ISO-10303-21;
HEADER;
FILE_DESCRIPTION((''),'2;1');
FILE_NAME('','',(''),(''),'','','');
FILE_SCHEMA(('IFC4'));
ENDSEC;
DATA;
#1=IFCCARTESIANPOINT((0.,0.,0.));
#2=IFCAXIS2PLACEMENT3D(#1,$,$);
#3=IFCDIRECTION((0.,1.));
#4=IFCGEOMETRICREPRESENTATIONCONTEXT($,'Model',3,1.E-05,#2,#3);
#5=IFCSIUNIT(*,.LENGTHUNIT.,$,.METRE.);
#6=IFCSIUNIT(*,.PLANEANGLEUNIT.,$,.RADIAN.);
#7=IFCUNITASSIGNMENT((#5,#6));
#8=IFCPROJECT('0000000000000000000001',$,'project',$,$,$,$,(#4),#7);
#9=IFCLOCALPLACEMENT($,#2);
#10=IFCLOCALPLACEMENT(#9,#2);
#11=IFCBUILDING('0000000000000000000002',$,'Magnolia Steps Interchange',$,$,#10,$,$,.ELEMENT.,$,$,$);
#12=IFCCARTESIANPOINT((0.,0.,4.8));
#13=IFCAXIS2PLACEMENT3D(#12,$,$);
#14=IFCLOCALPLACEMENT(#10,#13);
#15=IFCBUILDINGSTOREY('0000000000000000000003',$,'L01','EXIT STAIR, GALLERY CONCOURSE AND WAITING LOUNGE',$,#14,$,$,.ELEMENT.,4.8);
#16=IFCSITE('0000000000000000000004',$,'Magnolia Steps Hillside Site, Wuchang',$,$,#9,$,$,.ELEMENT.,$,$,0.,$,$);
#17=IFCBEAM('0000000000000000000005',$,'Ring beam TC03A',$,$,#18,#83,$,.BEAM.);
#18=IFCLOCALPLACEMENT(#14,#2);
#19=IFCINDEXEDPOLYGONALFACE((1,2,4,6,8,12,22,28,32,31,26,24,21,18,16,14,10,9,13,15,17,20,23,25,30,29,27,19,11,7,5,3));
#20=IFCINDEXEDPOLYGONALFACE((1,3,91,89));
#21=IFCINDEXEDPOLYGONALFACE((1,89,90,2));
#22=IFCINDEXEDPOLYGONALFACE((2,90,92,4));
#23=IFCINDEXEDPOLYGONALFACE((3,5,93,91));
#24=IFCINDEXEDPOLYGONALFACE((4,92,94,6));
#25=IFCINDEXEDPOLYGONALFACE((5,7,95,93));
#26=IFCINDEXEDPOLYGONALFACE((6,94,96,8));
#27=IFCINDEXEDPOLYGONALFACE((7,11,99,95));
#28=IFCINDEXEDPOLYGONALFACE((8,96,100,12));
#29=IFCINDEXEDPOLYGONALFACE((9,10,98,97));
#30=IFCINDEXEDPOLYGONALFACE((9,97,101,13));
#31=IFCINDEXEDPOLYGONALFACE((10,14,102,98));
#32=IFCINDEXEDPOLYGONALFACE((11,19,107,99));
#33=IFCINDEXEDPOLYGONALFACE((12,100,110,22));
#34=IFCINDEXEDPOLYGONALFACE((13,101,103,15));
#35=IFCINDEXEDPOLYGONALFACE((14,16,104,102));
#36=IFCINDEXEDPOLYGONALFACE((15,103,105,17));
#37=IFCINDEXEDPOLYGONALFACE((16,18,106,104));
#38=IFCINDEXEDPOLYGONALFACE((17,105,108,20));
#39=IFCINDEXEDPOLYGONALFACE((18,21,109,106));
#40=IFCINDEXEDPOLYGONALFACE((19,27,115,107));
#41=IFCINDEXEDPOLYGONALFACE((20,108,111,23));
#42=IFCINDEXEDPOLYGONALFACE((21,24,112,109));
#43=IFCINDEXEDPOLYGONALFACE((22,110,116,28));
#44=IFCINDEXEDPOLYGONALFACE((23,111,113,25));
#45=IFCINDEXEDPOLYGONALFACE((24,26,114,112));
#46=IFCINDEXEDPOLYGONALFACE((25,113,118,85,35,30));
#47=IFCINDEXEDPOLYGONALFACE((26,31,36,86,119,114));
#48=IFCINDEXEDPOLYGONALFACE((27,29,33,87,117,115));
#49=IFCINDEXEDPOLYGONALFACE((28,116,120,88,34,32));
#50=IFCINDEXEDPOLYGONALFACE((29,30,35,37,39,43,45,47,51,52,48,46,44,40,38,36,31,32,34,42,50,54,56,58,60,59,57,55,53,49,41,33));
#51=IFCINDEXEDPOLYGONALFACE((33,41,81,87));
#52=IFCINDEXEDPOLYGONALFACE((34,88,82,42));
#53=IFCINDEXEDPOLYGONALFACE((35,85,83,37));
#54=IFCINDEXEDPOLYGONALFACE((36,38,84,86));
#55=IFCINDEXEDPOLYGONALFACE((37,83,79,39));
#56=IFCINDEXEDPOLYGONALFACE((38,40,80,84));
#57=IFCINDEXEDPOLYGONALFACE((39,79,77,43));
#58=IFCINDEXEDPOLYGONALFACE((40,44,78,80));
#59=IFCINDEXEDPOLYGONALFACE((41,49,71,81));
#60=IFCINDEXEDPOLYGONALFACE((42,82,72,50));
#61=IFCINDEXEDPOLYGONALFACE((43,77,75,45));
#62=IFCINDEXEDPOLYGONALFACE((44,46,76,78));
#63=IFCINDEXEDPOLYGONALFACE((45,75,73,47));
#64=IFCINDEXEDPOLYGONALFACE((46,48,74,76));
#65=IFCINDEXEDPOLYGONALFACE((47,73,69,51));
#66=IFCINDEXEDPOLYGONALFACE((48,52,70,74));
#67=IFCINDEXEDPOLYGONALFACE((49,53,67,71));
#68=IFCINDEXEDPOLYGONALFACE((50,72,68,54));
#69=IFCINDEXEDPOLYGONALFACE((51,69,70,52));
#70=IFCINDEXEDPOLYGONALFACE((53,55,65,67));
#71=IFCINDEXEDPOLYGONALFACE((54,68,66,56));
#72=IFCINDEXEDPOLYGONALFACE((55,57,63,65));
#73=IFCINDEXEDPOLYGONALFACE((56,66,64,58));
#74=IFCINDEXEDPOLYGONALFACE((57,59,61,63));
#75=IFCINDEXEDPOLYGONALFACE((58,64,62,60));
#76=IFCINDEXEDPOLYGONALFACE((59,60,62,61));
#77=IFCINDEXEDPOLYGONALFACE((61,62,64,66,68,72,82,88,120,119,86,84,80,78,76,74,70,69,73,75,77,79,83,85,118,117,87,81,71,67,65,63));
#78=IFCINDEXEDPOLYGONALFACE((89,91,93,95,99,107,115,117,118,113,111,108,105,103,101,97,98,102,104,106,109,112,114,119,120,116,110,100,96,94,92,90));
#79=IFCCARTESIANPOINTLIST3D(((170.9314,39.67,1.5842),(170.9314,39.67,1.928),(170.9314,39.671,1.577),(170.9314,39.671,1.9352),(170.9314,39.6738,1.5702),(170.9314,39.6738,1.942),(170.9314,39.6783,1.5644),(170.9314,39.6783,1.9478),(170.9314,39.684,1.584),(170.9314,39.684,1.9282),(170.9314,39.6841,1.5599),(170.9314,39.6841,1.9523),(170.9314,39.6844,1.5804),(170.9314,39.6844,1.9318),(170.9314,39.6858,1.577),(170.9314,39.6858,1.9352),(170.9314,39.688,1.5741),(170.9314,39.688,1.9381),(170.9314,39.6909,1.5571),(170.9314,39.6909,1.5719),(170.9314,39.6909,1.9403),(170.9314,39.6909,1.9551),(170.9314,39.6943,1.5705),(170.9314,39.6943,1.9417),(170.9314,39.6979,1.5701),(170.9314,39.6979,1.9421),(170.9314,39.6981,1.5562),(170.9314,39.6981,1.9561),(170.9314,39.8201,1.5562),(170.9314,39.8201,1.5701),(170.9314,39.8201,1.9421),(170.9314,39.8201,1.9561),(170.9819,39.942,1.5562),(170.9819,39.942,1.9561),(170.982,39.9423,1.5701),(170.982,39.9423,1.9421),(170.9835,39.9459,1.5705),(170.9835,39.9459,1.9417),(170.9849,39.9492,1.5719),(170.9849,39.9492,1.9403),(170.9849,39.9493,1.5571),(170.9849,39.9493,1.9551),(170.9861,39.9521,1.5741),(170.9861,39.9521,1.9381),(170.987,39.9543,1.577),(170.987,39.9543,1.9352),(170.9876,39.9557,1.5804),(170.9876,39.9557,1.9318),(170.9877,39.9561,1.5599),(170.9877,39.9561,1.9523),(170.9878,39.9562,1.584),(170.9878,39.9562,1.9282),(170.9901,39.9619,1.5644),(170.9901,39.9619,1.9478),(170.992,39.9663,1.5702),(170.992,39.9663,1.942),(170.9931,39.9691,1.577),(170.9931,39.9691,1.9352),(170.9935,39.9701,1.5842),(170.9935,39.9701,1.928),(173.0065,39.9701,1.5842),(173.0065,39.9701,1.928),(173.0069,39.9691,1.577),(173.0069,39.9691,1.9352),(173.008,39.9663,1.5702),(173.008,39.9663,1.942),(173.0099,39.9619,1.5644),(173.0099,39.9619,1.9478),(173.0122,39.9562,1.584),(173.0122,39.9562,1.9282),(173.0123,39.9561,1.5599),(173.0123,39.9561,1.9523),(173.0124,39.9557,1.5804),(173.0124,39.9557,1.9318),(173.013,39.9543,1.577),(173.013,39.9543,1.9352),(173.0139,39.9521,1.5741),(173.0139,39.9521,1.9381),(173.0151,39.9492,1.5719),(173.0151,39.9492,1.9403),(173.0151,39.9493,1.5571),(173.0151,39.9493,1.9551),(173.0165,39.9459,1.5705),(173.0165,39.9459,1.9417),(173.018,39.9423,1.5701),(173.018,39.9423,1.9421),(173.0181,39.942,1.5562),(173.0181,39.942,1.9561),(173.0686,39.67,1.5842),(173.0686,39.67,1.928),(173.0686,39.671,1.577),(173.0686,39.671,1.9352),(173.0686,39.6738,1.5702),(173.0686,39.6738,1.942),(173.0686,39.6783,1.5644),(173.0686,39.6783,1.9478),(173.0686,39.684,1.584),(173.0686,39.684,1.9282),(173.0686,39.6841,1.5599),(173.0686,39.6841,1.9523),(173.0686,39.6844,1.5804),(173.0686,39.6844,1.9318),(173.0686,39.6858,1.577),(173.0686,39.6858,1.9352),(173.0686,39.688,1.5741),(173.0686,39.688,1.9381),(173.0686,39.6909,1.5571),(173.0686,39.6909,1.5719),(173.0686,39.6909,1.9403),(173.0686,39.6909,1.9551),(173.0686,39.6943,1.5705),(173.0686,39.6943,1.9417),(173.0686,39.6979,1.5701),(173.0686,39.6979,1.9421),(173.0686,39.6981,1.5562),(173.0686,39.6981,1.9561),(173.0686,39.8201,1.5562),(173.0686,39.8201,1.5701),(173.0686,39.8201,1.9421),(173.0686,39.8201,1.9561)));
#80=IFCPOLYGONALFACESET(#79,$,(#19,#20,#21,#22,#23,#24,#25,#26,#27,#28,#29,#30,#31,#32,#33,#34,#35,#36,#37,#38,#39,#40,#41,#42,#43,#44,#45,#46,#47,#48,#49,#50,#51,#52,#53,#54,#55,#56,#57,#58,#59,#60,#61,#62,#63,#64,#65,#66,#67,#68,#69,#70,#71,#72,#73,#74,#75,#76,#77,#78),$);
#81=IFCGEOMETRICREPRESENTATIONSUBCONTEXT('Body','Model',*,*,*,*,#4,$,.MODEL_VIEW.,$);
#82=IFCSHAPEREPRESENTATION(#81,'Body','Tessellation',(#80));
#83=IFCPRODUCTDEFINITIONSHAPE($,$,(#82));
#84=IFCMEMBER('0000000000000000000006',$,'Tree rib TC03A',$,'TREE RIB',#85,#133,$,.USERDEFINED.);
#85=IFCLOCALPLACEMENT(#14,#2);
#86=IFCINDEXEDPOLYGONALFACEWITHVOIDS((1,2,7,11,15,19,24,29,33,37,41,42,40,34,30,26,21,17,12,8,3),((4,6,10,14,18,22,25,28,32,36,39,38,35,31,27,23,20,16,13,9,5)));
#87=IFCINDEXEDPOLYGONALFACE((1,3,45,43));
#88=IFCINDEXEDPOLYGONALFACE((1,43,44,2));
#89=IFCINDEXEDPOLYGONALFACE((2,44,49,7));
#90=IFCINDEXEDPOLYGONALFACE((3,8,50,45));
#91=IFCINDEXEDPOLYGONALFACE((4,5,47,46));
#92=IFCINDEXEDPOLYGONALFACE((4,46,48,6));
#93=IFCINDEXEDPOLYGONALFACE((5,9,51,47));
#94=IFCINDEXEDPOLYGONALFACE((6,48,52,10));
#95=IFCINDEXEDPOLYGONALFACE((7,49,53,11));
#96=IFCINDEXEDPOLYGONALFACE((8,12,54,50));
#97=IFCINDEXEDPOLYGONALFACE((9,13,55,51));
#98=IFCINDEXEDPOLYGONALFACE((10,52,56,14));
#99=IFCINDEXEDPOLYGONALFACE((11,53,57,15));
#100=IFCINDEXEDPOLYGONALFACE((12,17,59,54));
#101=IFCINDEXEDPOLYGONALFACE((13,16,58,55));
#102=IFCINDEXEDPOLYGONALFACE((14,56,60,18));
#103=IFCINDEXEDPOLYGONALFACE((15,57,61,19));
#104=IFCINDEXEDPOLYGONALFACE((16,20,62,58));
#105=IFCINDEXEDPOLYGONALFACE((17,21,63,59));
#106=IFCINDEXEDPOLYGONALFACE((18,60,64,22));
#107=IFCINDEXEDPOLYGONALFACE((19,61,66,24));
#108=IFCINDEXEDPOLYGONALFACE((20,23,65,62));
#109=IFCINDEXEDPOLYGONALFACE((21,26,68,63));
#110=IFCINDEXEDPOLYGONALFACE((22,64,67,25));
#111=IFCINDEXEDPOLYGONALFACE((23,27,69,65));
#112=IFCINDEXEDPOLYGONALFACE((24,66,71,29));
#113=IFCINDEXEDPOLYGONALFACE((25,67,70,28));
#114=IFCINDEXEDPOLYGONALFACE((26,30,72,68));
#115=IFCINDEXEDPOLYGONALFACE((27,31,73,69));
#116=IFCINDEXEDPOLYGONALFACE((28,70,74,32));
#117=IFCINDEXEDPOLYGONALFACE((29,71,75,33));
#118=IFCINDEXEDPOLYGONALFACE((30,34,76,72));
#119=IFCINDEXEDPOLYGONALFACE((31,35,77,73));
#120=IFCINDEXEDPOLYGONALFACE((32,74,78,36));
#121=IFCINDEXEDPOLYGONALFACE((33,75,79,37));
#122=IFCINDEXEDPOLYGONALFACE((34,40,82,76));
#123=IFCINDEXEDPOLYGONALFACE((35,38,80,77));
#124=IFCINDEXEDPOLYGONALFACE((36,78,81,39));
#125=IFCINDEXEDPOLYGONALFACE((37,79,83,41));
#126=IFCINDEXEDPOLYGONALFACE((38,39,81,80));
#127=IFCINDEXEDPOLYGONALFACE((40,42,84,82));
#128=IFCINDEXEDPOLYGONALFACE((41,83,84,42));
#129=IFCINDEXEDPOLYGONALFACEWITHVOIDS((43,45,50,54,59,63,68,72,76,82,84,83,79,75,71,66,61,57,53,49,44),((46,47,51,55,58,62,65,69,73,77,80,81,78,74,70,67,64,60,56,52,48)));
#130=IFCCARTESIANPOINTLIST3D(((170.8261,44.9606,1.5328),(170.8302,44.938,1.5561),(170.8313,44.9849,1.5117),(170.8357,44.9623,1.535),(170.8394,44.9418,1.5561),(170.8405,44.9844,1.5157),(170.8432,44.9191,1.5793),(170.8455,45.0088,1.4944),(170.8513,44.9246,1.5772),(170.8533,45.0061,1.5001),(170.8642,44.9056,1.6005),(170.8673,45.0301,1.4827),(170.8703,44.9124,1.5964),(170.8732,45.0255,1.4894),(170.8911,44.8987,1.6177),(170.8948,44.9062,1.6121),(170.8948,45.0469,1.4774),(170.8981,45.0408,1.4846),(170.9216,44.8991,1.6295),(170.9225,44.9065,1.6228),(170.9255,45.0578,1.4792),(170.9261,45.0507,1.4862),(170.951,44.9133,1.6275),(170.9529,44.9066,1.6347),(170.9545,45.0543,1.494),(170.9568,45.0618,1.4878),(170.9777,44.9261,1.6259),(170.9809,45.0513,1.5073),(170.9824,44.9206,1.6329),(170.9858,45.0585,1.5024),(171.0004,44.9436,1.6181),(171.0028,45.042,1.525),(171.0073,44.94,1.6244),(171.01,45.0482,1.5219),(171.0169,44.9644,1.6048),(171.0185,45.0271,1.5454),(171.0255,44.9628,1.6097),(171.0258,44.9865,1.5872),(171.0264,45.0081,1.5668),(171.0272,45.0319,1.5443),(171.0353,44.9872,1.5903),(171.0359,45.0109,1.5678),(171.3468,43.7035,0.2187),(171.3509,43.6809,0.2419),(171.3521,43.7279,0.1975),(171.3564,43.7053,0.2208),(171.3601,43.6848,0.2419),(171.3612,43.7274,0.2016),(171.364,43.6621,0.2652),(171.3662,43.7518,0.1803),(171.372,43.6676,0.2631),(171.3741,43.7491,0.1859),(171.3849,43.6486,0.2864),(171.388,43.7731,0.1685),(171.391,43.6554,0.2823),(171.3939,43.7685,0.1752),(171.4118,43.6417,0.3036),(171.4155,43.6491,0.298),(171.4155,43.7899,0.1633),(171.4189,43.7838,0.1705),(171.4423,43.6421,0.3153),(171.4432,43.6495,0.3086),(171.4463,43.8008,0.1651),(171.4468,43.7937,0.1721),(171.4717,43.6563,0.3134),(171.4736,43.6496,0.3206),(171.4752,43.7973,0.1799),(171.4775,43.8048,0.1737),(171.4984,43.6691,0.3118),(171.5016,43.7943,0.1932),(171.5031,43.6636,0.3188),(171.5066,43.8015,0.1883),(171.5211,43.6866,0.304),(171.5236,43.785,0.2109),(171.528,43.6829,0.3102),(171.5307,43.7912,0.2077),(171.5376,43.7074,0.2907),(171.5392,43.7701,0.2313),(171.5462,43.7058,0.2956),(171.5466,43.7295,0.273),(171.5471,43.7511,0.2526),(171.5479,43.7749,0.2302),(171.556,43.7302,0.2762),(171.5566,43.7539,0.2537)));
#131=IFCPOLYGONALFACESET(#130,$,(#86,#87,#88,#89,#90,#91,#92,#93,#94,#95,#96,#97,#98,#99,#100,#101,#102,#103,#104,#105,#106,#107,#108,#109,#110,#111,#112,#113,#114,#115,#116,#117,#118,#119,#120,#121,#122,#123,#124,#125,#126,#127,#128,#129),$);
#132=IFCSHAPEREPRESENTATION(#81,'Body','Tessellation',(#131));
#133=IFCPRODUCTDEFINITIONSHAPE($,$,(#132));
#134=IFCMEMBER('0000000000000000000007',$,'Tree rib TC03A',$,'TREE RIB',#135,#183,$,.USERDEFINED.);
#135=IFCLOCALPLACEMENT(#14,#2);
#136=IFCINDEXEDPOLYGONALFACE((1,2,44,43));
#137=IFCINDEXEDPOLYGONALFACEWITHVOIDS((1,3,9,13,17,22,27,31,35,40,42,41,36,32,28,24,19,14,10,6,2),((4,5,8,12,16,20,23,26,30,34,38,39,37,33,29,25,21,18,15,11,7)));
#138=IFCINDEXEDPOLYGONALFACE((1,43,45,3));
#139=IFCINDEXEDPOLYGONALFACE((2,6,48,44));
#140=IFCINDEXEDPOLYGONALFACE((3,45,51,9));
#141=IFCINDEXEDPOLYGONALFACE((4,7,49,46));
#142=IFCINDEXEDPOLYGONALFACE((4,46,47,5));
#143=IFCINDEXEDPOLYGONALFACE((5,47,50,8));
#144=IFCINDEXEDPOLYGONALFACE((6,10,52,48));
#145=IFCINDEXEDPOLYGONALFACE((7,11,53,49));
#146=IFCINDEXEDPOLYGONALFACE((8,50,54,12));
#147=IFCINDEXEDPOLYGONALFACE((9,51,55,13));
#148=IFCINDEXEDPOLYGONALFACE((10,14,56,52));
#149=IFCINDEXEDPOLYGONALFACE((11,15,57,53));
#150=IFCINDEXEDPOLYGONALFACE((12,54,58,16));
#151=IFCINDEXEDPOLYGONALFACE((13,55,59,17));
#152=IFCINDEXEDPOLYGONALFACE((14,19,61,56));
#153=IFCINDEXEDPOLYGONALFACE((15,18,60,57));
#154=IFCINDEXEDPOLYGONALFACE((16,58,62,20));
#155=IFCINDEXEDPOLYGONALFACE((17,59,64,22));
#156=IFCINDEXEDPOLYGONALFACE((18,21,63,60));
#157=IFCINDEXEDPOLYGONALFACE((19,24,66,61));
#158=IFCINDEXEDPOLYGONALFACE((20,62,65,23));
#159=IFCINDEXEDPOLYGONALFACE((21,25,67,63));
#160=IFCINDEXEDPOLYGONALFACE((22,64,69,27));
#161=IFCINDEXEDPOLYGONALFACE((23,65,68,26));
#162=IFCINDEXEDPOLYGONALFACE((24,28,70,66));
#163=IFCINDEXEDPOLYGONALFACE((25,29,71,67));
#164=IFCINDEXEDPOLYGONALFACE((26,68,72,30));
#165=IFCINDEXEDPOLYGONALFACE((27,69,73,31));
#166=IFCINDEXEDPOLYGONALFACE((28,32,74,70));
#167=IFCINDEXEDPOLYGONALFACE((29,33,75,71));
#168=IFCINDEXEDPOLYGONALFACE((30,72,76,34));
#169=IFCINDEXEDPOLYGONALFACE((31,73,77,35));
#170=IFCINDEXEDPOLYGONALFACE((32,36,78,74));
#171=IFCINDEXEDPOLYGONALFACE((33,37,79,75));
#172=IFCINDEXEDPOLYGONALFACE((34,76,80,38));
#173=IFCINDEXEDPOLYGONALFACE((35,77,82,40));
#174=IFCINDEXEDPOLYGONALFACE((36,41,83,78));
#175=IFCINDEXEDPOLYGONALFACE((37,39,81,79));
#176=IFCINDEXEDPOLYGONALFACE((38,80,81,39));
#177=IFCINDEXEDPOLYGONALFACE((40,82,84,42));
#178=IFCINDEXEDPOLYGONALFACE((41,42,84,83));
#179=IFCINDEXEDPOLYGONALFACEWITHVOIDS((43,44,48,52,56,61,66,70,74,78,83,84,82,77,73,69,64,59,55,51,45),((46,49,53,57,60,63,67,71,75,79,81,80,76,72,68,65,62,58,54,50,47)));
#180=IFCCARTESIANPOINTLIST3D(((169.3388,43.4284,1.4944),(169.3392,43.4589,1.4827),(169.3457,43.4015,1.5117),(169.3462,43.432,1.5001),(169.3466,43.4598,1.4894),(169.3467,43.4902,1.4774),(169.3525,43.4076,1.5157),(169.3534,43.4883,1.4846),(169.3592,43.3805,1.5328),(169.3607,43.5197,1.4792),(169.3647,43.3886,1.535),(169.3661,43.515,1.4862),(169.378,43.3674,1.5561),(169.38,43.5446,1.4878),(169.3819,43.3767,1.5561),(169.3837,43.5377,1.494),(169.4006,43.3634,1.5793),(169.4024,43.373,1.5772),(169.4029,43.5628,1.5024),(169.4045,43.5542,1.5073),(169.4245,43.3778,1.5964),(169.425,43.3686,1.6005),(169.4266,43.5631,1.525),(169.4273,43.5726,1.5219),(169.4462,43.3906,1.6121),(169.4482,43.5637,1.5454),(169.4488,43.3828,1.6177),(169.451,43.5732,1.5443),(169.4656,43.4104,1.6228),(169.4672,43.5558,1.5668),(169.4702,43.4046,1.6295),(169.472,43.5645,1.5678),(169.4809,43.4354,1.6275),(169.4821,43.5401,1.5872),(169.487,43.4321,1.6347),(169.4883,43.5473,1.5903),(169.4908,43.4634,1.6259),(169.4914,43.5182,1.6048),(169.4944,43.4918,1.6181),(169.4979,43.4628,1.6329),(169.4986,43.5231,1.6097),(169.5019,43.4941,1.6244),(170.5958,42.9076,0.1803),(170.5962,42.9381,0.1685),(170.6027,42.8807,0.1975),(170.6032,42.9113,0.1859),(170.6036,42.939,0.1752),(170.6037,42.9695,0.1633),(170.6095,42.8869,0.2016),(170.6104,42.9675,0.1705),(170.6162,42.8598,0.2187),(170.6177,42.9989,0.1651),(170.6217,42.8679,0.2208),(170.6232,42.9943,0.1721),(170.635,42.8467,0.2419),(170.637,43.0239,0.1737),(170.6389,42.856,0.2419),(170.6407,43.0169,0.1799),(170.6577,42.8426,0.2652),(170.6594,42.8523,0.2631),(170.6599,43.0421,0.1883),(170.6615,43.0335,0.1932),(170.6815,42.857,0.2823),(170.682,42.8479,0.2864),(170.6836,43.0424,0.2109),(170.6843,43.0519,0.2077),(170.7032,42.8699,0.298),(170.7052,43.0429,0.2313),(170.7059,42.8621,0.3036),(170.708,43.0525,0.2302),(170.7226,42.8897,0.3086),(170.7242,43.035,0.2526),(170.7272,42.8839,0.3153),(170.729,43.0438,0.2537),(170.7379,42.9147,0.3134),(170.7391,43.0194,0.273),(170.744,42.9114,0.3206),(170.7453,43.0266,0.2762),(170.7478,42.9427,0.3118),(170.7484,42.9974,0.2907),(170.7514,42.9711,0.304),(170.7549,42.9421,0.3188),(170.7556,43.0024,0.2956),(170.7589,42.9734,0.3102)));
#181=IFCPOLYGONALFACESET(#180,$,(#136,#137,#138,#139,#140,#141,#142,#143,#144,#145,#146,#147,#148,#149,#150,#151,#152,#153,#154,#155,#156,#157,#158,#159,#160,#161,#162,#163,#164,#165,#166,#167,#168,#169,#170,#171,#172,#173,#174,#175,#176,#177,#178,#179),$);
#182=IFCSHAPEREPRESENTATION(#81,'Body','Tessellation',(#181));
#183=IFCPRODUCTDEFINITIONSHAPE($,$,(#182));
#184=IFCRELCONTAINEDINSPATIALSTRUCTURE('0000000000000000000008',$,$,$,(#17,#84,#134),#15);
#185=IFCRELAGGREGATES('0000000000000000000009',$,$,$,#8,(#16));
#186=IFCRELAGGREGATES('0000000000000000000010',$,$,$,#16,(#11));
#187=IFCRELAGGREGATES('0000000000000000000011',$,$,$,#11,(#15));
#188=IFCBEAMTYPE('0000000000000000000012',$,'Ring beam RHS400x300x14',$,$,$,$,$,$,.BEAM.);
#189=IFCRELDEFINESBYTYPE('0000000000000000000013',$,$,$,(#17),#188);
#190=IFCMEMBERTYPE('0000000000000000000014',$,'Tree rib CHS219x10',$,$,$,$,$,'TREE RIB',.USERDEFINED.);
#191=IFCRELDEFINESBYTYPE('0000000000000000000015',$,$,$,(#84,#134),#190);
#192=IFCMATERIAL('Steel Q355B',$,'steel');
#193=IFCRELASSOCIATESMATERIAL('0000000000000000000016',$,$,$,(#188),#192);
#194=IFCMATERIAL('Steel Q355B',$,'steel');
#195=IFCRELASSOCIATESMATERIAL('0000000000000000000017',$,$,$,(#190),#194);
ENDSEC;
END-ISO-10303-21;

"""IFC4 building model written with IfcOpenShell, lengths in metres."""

from ifc_helpers import new_model, si_unit, direction, frame, origin, origin_2d, place, context, subcontext, project, spatial, hollow_rectangle, hollow_circle, extrude, clip, halfspace, material, material_profile, profile_set, type_object, element, save


model = new_model("IFC4")

# Units and contexts
model_context = context("Model", 3, precision=1e-05, world=origin(), true_north=direction((0.0, 1.0)))
body_context = subcontext(model_context, "Body", "Model", "MODEL_VIEW")
ifc_project = project(units=[si_unit("LENGTHUNIT", "METRE"), si_unit("PLANEANGLEUNIT", "RADIAN")], contexts=[model_context])

# Site, building, storey
site_placement = place(None, origin())
site = spatial("IfcSite", under=ifc_project, at=site_placement, Name="Magnolia Steps Hillside Site, Wuchang", CompositionType="ELEMENT", RefElevation=0.0)
building_placement = place(site_placement, origin())
building = spatial("IfcBuilding", under=site, at=building_placement, Name="Magnolia Steps Interchange", CompositionType="ELEMENT")
storey_placement = place(building_placement, frame((0.0, 0.0, 4.8)))
storey = spatial("IfcBuildingStorey", under=building, at=storey_placement, Name="L01", Description="EXIT STAIR, GALLERY CONCOURSE AND WAITING LOUNGE", CompositionType="ELEMENT", Elevation=4.8)

# Beam
ifc_material_1 = material(Name="Steel Q355B", Category="steel")
ifc_material_profile_1 = material_profile(ifc_material_1, hollow_rectangle(XDim=0.3, YDim=0.3999, WallThickness=0.0139, InnerFilletRadius=0.0139, OuterFilletRadius=0.0281, at=origin_2d()), Name="RHS400x300x14")
ifc_profile_set_1 = profile_set([ifc_material_profile_1], Name="Steel Q355B")
beam_type = type_object("IfcBeamType", Name="Ring beam RHS400x300x14", PredefinedType="BEAM", material=ifc_profile_set_1)
beam_1_placement = place(storey_placement, frame((170.9314, 39.8201, 1.7561), z_axis=(1.0, 0.0, 0.0), x_axis=(0.0, 1.0, 0.0)))
element("IfcBeam", 1, at=beam_1_placement, inside=storey, type_object=beam_type, Name="Ring beam TC03A", PredefinedType="BEAM", context=body_context, shape_type="Clipping", body=[
    clip(clip(extrude(hollow_rectangle(XDim=0.3, YDim=0.3999, WallThickness=0.0139, InnerFilletRadius=0.0139, OuterFilletRadius=0.0281, at=origin_2d()), origin(), (0.0, 0.0, 1.0), 2.1372), halfspace(frame((0.0, 0.0, 0.0), z_axis=(0.382683, 0.0, -0.92388), x_axis=(0.92388, 0.0, 0.382683)), False)), halfspace(frame((0.0, 0.0, 2.1372), z_axis=(0.382683, 0.0, 0.92388), x_axis=(0.92388, 0.0, -0.382683)), False)),
])

# Members
ifc_material_2 = material(Name="Steel Q355B", Category="steel")
ifc_material_profile_2 = material_profile(ifc_material_2, hollow_circle(Radius=0.1096, WallThickness=0.01, at=origin_2d()), Name="CHS219x10")
ifc_profile_set_2 = profile_set([ifc_material_profile_2], Name="Steel Q355B")
member_type = type_object("IfcMemberType", Name="Tree rib CHS219x10", ElementType="TREE RIB", PredefinedType="USERDEFINED", material=ifc_profile_set_2)
for number, where, z_axis, x_axis, name in (
    (2, (171.4521, 43.7229, 0.2419), (-0.275281, 0.664519, 0.694719), (-0.923866, -0.382716, 0.0), "Tree rib TC03A"),
    (3, (170.677, 42.948, 0.2419), (-0.664519, 0.275281, 0.694719), (-0.382716, -0.923866, 0.0), "Tree rib TC03A"),
):
    element("IfcMember", number, at=place(storey_placement, frame(where, z_axis=z_axis, x_axis=x_axis)), inside=storey, type_object=member_type, Name=name, ObjectType="TREE RIB", PredefinedType="USERDEFINED", context=body_context, shape_type="SweptSolid", body=[
        extrude(hollow_circle(Radius=0.1096, WallThickness=0.01, at=origin_2d()), origin(), (0.0, 0.0, 1.0), 1.8916),
    ])

save(model, "model.ifc")
